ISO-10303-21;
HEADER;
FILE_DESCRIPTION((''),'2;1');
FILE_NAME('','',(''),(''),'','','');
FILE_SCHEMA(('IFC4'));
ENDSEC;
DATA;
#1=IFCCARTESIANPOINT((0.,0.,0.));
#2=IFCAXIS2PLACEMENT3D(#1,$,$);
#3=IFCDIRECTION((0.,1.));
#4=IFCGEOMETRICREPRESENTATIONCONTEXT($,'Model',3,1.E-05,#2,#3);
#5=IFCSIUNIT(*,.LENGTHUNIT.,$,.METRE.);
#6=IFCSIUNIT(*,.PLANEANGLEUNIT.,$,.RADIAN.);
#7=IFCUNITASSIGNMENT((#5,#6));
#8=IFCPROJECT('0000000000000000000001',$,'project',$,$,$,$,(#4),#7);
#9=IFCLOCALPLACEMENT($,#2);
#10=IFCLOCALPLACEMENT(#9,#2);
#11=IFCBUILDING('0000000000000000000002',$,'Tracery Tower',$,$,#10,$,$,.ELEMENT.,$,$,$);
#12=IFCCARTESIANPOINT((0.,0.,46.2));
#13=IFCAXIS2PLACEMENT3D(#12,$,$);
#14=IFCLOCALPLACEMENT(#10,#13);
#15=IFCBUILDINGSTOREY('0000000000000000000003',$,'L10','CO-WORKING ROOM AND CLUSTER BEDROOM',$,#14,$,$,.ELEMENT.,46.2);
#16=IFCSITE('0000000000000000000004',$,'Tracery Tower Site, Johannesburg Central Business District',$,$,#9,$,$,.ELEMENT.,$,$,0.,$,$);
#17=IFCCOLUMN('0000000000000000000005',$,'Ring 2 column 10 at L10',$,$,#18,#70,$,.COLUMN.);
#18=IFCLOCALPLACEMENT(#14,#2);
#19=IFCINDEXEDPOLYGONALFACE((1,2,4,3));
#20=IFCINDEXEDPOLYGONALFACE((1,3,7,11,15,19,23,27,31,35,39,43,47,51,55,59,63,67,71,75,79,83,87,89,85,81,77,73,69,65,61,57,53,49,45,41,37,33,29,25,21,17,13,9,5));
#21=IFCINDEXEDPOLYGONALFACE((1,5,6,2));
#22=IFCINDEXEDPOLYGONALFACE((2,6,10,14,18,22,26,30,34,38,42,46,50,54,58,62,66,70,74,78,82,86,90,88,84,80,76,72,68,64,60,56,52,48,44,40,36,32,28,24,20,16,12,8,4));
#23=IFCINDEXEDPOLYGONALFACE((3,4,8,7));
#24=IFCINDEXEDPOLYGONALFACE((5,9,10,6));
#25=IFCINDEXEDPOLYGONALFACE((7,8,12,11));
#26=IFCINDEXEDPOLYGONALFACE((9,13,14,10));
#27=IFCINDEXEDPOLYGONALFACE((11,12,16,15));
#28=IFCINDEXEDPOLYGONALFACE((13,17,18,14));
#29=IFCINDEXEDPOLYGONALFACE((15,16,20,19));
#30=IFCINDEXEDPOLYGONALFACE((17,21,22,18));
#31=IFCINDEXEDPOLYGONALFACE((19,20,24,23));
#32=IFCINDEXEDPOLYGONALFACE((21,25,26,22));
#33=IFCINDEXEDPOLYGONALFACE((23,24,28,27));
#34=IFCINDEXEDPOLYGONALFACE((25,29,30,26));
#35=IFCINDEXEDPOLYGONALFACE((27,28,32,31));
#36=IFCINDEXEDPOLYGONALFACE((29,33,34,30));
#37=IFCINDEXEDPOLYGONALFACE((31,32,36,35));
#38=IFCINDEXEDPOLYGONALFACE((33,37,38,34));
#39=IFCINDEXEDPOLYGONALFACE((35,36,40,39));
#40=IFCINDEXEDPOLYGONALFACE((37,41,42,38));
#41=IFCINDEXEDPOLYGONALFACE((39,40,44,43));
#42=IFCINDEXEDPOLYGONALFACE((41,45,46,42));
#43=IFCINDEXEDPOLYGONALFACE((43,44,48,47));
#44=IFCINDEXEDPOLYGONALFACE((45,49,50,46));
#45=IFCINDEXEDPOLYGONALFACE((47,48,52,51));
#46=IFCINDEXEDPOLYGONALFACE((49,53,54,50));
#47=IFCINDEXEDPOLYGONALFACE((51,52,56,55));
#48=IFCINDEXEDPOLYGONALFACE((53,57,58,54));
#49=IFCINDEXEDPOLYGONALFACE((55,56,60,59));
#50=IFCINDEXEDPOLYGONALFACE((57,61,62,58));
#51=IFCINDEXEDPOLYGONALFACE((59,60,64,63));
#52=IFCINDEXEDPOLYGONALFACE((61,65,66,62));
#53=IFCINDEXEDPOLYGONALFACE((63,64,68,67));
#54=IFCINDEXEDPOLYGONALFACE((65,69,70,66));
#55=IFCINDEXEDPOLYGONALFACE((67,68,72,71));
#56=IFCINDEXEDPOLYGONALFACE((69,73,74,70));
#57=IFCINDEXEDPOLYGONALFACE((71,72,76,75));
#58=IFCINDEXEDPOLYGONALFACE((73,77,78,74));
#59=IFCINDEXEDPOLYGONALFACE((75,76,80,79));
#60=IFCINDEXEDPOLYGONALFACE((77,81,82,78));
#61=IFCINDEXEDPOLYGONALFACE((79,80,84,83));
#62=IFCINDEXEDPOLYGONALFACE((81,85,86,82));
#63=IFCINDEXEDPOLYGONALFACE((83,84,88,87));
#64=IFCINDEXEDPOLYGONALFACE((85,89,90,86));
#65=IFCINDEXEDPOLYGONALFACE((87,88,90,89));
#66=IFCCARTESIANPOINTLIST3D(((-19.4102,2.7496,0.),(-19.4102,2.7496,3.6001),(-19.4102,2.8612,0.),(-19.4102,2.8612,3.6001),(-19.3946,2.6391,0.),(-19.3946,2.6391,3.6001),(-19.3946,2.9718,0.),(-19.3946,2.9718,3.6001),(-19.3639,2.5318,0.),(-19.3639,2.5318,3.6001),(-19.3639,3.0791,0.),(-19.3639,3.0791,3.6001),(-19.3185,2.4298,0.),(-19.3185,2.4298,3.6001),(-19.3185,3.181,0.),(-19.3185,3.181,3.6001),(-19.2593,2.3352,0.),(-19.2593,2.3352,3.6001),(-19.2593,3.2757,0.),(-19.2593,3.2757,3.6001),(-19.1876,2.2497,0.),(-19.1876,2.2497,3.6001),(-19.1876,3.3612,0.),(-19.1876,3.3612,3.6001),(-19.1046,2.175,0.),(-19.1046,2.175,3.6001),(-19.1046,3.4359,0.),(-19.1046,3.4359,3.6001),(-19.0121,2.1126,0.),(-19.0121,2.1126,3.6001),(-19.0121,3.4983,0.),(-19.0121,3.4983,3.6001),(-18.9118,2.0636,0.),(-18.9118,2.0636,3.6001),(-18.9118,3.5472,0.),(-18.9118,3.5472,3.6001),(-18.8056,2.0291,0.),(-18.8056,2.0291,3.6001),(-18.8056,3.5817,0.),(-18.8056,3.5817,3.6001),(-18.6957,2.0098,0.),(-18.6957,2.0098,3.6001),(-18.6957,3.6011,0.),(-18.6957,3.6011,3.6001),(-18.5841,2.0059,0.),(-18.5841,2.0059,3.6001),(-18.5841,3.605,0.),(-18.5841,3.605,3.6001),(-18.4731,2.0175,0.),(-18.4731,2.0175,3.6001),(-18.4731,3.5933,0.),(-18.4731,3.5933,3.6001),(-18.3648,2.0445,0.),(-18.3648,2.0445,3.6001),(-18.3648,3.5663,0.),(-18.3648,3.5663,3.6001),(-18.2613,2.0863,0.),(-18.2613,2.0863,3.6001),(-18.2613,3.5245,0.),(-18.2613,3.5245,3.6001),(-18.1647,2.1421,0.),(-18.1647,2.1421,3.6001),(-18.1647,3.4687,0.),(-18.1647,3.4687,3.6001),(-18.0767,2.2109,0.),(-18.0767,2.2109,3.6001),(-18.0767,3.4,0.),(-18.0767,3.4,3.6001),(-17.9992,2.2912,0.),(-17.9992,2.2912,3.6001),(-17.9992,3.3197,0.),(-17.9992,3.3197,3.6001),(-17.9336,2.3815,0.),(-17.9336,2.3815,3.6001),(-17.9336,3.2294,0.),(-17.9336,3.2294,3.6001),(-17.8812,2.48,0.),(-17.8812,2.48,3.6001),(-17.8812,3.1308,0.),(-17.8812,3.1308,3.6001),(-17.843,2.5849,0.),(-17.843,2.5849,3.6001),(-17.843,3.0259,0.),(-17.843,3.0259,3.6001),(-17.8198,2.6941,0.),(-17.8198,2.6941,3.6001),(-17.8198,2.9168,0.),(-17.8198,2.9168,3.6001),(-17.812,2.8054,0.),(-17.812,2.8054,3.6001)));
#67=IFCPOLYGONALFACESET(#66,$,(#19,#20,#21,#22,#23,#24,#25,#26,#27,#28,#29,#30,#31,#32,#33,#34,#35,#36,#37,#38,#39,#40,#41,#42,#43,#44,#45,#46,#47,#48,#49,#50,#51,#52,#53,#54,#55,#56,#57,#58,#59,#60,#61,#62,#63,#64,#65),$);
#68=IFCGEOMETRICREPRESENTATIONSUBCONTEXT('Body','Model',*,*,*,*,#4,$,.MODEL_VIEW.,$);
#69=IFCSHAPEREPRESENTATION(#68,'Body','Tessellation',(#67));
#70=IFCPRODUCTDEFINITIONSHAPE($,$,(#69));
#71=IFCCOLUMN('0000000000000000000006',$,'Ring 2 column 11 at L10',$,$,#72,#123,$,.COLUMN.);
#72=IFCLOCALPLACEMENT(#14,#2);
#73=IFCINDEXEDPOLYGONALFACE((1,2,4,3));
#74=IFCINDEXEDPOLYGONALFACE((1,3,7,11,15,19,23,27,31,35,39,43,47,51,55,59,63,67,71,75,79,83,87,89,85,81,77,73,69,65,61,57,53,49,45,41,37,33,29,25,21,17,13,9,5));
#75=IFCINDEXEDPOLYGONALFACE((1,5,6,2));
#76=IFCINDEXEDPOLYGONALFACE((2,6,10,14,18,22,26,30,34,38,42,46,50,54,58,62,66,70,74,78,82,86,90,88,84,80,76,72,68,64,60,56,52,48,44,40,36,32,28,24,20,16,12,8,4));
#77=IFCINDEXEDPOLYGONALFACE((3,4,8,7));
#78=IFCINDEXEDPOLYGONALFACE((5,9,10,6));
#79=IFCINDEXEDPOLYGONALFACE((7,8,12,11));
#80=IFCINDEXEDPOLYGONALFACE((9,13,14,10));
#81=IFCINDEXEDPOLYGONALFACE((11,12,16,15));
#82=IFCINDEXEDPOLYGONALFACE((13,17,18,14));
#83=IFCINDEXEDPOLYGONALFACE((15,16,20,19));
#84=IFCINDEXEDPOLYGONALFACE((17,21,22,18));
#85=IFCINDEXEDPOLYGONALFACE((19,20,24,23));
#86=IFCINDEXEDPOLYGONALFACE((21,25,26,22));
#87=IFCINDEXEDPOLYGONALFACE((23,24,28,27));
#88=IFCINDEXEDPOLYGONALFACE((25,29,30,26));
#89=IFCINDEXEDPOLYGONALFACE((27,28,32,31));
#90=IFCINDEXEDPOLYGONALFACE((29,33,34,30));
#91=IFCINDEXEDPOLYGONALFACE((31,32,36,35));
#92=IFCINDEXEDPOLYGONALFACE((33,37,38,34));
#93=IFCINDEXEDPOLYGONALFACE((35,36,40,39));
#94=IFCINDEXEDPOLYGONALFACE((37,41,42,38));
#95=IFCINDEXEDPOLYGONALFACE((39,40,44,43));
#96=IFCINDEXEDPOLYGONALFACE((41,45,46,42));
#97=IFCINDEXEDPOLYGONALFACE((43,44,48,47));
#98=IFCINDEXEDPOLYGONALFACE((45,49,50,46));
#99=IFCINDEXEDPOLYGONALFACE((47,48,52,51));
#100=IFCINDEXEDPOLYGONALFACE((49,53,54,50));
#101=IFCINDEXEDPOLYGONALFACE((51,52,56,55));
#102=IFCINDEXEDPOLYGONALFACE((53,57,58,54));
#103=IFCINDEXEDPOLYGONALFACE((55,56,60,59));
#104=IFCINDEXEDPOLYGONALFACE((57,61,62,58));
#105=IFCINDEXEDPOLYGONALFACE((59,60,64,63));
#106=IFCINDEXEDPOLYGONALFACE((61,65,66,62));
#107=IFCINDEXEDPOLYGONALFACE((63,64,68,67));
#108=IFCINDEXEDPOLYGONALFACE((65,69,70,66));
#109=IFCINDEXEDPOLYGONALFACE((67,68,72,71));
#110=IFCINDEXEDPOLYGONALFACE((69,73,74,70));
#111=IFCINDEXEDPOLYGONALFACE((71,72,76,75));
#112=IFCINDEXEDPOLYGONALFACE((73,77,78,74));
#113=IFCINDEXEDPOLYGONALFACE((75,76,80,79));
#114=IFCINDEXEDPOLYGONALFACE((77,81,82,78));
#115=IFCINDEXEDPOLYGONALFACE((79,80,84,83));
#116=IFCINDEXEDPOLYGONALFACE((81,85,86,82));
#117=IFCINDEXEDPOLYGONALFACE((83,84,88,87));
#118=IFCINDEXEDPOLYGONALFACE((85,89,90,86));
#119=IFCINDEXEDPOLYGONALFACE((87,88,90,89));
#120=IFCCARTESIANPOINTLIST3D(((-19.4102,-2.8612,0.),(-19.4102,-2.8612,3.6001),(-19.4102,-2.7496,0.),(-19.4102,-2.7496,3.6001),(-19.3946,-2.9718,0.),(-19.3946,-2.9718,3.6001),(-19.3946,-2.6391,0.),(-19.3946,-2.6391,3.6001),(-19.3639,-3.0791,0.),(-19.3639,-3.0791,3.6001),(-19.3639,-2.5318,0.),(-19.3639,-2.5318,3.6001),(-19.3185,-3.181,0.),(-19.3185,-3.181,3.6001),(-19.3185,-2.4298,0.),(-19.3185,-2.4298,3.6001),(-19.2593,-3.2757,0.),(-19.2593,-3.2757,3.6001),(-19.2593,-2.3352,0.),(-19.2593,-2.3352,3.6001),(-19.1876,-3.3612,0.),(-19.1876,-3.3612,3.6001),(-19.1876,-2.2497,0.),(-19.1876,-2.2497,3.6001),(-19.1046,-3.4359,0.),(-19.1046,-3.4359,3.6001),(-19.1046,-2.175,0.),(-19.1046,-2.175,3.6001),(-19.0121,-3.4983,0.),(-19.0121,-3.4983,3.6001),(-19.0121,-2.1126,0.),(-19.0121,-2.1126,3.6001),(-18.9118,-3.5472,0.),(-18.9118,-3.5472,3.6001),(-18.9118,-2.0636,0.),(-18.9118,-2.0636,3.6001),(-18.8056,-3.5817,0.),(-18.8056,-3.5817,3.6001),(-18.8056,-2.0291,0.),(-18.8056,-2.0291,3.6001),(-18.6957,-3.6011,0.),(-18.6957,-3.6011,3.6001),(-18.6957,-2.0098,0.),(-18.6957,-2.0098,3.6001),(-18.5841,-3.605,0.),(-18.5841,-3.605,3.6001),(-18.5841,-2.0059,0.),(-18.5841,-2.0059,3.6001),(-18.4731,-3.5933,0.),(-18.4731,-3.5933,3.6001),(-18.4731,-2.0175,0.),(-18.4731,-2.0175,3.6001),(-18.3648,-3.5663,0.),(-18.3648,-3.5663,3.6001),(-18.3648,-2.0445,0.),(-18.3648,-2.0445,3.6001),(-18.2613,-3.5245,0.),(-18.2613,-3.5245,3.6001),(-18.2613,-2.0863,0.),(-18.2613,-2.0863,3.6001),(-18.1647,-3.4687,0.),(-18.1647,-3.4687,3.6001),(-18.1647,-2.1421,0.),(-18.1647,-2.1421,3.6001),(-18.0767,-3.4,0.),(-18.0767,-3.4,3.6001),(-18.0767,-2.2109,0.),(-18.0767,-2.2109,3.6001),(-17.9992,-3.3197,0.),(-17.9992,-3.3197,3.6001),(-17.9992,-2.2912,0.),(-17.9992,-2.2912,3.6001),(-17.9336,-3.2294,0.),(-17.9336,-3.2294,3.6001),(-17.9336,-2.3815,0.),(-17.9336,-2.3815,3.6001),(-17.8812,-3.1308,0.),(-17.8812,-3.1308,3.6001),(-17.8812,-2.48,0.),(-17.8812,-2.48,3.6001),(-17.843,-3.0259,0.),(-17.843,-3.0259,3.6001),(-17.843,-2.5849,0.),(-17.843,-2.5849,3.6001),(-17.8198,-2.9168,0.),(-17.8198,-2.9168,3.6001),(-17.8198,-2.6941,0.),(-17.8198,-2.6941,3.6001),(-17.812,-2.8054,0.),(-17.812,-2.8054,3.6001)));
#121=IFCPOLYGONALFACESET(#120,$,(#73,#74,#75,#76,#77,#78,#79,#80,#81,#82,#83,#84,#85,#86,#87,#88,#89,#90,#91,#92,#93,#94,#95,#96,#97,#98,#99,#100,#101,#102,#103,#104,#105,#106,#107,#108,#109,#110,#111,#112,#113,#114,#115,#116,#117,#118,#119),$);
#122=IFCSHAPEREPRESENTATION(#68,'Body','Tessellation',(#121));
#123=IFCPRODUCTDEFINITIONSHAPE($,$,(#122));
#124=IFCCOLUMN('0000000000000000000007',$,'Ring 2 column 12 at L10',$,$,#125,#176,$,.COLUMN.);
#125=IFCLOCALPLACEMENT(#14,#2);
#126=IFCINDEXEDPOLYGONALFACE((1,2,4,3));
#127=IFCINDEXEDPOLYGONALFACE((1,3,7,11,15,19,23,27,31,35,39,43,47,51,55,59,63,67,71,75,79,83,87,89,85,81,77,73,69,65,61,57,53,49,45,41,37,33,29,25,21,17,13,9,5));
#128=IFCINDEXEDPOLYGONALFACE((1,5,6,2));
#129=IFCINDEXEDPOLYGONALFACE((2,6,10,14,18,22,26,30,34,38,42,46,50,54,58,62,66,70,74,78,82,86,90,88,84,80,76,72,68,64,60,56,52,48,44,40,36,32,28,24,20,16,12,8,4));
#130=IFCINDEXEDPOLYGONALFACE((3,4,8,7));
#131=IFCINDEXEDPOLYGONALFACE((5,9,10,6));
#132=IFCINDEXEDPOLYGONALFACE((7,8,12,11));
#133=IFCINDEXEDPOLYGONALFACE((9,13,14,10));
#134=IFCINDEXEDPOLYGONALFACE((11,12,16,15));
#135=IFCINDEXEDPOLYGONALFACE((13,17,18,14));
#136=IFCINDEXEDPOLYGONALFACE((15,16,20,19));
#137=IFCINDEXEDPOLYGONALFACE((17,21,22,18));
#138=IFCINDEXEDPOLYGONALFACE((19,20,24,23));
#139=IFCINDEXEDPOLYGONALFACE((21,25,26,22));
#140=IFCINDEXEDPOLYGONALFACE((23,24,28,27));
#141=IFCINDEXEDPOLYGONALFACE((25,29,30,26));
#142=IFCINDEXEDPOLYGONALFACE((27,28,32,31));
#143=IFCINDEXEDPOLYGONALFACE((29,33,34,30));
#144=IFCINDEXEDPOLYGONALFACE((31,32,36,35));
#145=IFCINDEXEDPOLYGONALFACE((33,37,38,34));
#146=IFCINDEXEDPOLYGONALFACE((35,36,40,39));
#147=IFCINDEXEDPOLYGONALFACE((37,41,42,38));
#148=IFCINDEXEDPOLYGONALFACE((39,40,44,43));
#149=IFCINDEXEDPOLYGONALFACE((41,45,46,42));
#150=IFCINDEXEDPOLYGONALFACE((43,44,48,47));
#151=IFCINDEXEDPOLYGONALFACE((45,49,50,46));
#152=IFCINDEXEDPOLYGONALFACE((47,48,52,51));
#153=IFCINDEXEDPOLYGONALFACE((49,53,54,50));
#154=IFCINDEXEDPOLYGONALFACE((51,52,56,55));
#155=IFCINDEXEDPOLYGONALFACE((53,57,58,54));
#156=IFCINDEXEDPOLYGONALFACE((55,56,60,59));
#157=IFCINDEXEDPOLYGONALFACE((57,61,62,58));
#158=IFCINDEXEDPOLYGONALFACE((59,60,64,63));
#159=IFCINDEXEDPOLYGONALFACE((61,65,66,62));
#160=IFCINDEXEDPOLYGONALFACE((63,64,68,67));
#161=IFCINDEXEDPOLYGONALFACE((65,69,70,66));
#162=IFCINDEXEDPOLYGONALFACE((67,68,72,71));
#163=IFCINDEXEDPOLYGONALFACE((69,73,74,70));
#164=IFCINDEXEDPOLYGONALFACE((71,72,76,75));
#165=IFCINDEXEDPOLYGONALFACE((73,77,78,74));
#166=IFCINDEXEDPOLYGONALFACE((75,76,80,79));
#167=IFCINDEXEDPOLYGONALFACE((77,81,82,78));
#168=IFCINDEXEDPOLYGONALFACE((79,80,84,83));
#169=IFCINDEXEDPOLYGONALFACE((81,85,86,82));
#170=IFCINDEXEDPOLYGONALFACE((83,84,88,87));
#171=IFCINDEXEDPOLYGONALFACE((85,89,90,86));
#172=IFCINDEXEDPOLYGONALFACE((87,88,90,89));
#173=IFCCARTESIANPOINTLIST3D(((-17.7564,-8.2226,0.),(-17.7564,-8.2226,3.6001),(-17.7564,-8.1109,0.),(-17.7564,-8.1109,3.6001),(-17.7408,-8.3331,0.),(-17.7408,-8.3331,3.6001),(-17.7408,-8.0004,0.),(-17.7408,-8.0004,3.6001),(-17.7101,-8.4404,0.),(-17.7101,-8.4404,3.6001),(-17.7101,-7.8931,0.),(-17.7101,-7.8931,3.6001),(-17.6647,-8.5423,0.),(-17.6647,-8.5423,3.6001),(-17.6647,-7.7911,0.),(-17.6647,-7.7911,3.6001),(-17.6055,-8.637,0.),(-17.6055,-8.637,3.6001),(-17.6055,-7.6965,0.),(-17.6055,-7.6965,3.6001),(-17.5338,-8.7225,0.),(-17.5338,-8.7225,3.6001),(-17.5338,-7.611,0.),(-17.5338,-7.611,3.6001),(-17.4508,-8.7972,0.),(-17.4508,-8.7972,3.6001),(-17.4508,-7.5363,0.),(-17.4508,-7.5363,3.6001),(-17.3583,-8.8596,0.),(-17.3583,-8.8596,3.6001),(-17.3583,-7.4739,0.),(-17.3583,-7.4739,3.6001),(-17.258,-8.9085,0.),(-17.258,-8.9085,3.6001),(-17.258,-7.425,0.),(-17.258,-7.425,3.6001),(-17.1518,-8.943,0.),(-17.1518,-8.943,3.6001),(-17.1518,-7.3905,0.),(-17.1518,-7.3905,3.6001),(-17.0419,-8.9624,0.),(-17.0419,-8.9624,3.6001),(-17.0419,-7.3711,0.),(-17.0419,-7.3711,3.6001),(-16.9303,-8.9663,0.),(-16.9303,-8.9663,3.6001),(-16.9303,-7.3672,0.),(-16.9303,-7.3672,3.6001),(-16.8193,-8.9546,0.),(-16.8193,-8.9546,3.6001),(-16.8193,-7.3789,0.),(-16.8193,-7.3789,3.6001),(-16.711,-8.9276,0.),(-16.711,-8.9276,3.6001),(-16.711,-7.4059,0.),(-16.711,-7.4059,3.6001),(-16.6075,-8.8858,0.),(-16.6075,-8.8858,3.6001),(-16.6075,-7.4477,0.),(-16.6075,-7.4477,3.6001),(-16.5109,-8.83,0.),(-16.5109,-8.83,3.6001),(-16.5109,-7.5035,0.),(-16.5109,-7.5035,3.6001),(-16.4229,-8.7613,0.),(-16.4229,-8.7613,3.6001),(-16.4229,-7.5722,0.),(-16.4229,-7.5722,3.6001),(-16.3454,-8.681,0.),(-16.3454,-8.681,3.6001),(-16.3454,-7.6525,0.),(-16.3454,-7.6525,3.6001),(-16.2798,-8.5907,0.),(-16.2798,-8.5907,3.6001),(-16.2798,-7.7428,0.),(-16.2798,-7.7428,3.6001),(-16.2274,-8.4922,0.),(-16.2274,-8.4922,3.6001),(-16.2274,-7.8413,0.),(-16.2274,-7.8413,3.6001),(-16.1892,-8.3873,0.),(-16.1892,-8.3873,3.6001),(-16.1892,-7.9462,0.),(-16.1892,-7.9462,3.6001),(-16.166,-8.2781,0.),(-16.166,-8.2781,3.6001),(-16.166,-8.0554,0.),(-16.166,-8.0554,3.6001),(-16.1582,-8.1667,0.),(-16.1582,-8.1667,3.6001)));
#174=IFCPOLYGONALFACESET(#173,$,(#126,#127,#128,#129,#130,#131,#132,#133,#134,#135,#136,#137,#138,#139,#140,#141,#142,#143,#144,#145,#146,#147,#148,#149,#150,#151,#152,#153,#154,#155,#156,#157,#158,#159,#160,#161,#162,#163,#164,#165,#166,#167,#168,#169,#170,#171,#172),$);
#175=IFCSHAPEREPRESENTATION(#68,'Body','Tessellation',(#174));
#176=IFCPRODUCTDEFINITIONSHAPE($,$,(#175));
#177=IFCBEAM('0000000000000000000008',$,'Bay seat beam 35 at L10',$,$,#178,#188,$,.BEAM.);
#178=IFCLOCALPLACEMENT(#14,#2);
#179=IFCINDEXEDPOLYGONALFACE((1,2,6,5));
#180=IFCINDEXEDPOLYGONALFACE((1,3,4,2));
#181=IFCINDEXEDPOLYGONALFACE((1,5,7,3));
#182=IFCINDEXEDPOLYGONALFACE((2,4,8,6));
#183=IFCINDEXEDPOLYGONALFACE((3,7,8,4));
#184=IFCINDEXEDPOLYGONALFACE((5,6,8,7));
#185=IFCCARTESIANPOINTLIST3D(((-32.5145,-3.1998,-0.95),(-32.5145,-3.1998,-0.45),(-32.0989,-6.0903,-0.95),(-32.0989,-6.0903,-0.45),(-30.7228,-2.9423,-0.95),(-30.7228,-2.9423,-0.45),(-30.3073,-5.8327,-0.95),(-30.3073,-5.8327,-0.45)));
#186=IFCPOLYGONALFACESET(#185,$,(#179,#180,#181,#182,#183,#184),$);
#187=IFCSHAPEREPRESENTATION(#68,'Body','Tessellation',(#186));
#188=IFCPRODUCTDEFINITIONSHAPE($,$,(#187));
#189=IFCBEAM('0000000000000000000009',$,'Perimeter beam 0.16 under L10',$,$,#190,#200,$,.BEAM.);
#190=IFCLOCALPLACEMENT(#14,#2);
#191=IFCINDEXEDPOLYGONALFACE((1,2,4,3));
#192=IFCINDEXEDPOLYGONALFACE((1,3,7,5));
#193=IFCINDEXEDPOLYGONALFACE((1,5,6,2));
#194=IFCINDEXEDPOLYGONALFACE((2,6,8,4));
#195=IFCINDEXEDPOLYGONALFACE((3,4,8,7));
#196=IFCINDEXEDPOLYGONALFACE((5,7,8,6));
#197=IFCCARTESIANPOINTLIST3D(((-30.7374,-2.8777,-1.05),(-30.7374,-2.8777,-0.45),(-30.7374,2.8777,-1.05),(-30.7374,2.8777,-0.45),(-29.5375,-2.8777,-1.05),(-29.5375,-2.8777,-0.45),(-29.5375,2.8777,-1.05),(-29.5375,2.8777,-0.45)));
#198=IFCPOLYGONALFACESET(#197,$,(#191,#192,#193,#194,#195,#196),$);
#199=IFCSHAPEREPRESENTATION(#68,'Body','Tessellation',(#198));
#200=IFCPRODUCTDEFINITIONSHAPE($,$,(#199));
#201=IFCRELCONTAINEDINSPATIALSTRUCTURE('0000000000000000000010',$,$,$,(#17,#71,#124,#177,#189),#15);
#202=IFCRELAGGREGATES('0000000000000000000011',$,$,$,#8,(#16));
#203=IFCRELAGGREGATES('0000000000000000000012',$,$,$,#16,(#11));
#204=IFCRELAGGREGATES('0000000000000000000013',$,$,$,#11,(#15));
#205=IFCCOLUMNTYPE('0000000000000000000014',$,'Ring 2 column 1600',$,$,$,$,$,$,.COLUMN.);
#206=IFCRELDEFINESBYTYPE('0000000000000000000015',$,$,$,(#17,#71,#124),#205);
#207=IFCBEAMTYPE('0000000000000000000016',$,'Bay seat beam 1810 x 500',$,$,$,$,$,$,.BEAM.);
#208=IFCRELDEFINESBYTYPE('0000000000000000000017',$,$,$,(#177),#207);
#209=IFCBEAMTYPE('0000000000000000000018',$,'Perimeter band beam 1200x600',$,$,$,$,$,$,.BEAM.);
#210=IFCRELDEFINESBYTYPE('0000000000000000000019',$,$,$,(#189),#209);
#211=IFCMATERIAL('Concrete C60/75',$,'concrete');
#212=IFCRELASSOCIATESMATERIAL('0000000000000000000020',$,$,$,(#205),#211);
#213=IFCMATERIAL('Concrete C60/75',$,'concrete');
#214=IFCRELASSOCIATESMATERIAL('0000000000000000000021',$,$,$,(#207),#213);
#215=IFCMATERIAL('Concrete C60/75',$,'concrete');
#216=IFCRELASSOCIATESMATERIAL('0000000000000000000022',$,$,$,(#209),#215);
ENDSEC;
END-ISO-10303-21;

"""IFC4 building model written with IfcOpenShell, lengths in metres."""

from ifc_helpers import new_model, si_unit, direction, frame, origin, origin_2d, place, context, subcontext, project, spatial, rectangle, circle, extrude, material, material_profile, profile_set, type_object, element, save


model = new_model("IFC4")

# Units and contexts
model_context = context("Model", 3, precision=1e-05, world=origin(), true_north=direction((0.0, 1.0)))
body_context = subcontext(model_context, "Body", "Model", "MODEL_VIEW")
ifc_project = project(units=[si_unit("LENGTHUNIT", "METRE"), si_unit("PLANEANGLEUNIT", "RADIAN")], contexts=[model_context])

# Site, building, storey
site_placement = place(None, origin())
site = spatial("IfcSite", under=ifc_project, at=site_placement, Name="Tracery Tower Site, Johannesburg Central Business District", CompositionType="ELEMENT", RefElevation=0.0)
building_placement = place(site_placement, origin())
building = spatial("IfcBuilding", under=site, at=building_placement, Name="Tracery Tower", CompositionType="ELEMENT")
storey_placement = place(building_placement, frame((0.0, 0.0, 46.2)))
storey = spatial("IfcBuildingStorey", under=building, at=storey_placement, Name="L10", Description="CO-WORKING ROOM AND CLUSTER BEDROOM", CompositionType="ELEMENT", Elevation=46.2)

# Columns
ifc_material_1 = material(Name="Concrete C60/75", Category="concrete")
ifc_material_profile_1 = material_profile(ifc_material_1, circle(Radius=0.8, at=origin_2d()), Name="RC D1600")
ifc_profile_set_1 = profile_set([ifc_material_profile_1], Name="Concrete C60/75")
column_type_1 = type_object("IfcColumnType", Name="Ring 2 column 1600", PredefinedType="COLUMN", material=ifc_profile_set_1)
for number, where, z_axis, x_axis, name in (
    (1, (-18.6121, 2.8054, 0.0), (0.0, 0.0, 1.0), (1.0, 0.0, 0.0), "Ring 2 column 10 at L10"),
    (2, (-18.6121, -2.8054, 0.0), (0.0, 0.0, 1.0), (1.0, 0.0, 0.0), "Ring 2 column 11 at L10"),
    (3, (-16.9583, -8.1667, 0.0), (0.0, 0.0, 1.0), (1.0, 0.0, 0.0), "Ring 2 column 12 at L10"),
):
    element("IfcColumn", number, at=place(storey_placement, frame(where, z_axis=z_axis, x_axis=x_axis)), inside=storey, type_object=column_type_1, Name=name, PredefinedType="COLUMN", context=body_context, shape_type="SweptSolid", body=[
        extrude(circle(Radius=0.8, at=origin_2d()), origin(), (0.0, 0.0, 1.0), 3.6001),
    ])

# Beams
ifc_material_2 = material(Name="Concrete C60/75", Category="concrete")
ifc_material_profile_2 = material_profile(ifc_material_2, rectangle(XDim=1.8101, YDim=0.5, at=origin_2d()), Name="RC 1810x500")
ifc_profile_set_2 = profile_set([ifc_material_profile_2], Name="Concrete C60/75")
beam_type_1 = type_object("IfcBeamType", Name="Bay seat beam 1810 x 500", PredefinedType="BEAM", material=ifc_profile_set_2)
beam_1_placement = place(storey_placement, frame((-31.6187, -3.071, -0.7), z_axis=(0.142299, -0.989824, 0.0), x_axis=(0.989824, 0.142299, 0.0)))
element("IfcBeam", 4, at=beam_1_placement, inside=storey, type_object=beam_type_1, Name="Bay seat beam 35 at L10", PredefinedType="BEAM", context=body_context, shape_type="SweptSolid", body=[
    extrude(rectangle(XDim=1.8101, YDim=0.5, at=origin_2d()), origin(), (0.0, 0.0, 1.0), 2.9202),
])
ifc_material_3 = material(Name="Concrete C60/75", Category="concrete")
ifc_material_profile_3 = material_profile(ifc_material_3, rectangle(XDim=1.2, YDim=0.6001, at=origin_2d()), Name="RC 1200x600")
ifc_profile_set_3 = profile_set([ifc_material_profile_3], Name="Concrete C60/75")
beam_type_2 = type_object("IfcBeamType", Name="Perimeter band beam 1200x600", PredefinedType="BEAM", material=ifc_profile_set_3)
beam_2_placement = place(storey_placement, frame((-30.1375, 2.8777, -0.75), z_axis=(0.0, -1.0, 0.0), x_axis=(1.0, 0.0, 0.0)))
element("IfcBeam", 5, at=beam_2_placement, inside=storey, type_object=beam_type_2, Name="Perimeter beam 0.16 under L10", PredefinedType="BEAM", context=body_context, shape_type="SweptSolid", body=[
    extrude(rectangle(XDim=1.2, YDim=0.6001, at=origin_2d()), origin(), (0.0, 0.0, 1.0), 5.7554),
])

save(model, "model.ifc")
